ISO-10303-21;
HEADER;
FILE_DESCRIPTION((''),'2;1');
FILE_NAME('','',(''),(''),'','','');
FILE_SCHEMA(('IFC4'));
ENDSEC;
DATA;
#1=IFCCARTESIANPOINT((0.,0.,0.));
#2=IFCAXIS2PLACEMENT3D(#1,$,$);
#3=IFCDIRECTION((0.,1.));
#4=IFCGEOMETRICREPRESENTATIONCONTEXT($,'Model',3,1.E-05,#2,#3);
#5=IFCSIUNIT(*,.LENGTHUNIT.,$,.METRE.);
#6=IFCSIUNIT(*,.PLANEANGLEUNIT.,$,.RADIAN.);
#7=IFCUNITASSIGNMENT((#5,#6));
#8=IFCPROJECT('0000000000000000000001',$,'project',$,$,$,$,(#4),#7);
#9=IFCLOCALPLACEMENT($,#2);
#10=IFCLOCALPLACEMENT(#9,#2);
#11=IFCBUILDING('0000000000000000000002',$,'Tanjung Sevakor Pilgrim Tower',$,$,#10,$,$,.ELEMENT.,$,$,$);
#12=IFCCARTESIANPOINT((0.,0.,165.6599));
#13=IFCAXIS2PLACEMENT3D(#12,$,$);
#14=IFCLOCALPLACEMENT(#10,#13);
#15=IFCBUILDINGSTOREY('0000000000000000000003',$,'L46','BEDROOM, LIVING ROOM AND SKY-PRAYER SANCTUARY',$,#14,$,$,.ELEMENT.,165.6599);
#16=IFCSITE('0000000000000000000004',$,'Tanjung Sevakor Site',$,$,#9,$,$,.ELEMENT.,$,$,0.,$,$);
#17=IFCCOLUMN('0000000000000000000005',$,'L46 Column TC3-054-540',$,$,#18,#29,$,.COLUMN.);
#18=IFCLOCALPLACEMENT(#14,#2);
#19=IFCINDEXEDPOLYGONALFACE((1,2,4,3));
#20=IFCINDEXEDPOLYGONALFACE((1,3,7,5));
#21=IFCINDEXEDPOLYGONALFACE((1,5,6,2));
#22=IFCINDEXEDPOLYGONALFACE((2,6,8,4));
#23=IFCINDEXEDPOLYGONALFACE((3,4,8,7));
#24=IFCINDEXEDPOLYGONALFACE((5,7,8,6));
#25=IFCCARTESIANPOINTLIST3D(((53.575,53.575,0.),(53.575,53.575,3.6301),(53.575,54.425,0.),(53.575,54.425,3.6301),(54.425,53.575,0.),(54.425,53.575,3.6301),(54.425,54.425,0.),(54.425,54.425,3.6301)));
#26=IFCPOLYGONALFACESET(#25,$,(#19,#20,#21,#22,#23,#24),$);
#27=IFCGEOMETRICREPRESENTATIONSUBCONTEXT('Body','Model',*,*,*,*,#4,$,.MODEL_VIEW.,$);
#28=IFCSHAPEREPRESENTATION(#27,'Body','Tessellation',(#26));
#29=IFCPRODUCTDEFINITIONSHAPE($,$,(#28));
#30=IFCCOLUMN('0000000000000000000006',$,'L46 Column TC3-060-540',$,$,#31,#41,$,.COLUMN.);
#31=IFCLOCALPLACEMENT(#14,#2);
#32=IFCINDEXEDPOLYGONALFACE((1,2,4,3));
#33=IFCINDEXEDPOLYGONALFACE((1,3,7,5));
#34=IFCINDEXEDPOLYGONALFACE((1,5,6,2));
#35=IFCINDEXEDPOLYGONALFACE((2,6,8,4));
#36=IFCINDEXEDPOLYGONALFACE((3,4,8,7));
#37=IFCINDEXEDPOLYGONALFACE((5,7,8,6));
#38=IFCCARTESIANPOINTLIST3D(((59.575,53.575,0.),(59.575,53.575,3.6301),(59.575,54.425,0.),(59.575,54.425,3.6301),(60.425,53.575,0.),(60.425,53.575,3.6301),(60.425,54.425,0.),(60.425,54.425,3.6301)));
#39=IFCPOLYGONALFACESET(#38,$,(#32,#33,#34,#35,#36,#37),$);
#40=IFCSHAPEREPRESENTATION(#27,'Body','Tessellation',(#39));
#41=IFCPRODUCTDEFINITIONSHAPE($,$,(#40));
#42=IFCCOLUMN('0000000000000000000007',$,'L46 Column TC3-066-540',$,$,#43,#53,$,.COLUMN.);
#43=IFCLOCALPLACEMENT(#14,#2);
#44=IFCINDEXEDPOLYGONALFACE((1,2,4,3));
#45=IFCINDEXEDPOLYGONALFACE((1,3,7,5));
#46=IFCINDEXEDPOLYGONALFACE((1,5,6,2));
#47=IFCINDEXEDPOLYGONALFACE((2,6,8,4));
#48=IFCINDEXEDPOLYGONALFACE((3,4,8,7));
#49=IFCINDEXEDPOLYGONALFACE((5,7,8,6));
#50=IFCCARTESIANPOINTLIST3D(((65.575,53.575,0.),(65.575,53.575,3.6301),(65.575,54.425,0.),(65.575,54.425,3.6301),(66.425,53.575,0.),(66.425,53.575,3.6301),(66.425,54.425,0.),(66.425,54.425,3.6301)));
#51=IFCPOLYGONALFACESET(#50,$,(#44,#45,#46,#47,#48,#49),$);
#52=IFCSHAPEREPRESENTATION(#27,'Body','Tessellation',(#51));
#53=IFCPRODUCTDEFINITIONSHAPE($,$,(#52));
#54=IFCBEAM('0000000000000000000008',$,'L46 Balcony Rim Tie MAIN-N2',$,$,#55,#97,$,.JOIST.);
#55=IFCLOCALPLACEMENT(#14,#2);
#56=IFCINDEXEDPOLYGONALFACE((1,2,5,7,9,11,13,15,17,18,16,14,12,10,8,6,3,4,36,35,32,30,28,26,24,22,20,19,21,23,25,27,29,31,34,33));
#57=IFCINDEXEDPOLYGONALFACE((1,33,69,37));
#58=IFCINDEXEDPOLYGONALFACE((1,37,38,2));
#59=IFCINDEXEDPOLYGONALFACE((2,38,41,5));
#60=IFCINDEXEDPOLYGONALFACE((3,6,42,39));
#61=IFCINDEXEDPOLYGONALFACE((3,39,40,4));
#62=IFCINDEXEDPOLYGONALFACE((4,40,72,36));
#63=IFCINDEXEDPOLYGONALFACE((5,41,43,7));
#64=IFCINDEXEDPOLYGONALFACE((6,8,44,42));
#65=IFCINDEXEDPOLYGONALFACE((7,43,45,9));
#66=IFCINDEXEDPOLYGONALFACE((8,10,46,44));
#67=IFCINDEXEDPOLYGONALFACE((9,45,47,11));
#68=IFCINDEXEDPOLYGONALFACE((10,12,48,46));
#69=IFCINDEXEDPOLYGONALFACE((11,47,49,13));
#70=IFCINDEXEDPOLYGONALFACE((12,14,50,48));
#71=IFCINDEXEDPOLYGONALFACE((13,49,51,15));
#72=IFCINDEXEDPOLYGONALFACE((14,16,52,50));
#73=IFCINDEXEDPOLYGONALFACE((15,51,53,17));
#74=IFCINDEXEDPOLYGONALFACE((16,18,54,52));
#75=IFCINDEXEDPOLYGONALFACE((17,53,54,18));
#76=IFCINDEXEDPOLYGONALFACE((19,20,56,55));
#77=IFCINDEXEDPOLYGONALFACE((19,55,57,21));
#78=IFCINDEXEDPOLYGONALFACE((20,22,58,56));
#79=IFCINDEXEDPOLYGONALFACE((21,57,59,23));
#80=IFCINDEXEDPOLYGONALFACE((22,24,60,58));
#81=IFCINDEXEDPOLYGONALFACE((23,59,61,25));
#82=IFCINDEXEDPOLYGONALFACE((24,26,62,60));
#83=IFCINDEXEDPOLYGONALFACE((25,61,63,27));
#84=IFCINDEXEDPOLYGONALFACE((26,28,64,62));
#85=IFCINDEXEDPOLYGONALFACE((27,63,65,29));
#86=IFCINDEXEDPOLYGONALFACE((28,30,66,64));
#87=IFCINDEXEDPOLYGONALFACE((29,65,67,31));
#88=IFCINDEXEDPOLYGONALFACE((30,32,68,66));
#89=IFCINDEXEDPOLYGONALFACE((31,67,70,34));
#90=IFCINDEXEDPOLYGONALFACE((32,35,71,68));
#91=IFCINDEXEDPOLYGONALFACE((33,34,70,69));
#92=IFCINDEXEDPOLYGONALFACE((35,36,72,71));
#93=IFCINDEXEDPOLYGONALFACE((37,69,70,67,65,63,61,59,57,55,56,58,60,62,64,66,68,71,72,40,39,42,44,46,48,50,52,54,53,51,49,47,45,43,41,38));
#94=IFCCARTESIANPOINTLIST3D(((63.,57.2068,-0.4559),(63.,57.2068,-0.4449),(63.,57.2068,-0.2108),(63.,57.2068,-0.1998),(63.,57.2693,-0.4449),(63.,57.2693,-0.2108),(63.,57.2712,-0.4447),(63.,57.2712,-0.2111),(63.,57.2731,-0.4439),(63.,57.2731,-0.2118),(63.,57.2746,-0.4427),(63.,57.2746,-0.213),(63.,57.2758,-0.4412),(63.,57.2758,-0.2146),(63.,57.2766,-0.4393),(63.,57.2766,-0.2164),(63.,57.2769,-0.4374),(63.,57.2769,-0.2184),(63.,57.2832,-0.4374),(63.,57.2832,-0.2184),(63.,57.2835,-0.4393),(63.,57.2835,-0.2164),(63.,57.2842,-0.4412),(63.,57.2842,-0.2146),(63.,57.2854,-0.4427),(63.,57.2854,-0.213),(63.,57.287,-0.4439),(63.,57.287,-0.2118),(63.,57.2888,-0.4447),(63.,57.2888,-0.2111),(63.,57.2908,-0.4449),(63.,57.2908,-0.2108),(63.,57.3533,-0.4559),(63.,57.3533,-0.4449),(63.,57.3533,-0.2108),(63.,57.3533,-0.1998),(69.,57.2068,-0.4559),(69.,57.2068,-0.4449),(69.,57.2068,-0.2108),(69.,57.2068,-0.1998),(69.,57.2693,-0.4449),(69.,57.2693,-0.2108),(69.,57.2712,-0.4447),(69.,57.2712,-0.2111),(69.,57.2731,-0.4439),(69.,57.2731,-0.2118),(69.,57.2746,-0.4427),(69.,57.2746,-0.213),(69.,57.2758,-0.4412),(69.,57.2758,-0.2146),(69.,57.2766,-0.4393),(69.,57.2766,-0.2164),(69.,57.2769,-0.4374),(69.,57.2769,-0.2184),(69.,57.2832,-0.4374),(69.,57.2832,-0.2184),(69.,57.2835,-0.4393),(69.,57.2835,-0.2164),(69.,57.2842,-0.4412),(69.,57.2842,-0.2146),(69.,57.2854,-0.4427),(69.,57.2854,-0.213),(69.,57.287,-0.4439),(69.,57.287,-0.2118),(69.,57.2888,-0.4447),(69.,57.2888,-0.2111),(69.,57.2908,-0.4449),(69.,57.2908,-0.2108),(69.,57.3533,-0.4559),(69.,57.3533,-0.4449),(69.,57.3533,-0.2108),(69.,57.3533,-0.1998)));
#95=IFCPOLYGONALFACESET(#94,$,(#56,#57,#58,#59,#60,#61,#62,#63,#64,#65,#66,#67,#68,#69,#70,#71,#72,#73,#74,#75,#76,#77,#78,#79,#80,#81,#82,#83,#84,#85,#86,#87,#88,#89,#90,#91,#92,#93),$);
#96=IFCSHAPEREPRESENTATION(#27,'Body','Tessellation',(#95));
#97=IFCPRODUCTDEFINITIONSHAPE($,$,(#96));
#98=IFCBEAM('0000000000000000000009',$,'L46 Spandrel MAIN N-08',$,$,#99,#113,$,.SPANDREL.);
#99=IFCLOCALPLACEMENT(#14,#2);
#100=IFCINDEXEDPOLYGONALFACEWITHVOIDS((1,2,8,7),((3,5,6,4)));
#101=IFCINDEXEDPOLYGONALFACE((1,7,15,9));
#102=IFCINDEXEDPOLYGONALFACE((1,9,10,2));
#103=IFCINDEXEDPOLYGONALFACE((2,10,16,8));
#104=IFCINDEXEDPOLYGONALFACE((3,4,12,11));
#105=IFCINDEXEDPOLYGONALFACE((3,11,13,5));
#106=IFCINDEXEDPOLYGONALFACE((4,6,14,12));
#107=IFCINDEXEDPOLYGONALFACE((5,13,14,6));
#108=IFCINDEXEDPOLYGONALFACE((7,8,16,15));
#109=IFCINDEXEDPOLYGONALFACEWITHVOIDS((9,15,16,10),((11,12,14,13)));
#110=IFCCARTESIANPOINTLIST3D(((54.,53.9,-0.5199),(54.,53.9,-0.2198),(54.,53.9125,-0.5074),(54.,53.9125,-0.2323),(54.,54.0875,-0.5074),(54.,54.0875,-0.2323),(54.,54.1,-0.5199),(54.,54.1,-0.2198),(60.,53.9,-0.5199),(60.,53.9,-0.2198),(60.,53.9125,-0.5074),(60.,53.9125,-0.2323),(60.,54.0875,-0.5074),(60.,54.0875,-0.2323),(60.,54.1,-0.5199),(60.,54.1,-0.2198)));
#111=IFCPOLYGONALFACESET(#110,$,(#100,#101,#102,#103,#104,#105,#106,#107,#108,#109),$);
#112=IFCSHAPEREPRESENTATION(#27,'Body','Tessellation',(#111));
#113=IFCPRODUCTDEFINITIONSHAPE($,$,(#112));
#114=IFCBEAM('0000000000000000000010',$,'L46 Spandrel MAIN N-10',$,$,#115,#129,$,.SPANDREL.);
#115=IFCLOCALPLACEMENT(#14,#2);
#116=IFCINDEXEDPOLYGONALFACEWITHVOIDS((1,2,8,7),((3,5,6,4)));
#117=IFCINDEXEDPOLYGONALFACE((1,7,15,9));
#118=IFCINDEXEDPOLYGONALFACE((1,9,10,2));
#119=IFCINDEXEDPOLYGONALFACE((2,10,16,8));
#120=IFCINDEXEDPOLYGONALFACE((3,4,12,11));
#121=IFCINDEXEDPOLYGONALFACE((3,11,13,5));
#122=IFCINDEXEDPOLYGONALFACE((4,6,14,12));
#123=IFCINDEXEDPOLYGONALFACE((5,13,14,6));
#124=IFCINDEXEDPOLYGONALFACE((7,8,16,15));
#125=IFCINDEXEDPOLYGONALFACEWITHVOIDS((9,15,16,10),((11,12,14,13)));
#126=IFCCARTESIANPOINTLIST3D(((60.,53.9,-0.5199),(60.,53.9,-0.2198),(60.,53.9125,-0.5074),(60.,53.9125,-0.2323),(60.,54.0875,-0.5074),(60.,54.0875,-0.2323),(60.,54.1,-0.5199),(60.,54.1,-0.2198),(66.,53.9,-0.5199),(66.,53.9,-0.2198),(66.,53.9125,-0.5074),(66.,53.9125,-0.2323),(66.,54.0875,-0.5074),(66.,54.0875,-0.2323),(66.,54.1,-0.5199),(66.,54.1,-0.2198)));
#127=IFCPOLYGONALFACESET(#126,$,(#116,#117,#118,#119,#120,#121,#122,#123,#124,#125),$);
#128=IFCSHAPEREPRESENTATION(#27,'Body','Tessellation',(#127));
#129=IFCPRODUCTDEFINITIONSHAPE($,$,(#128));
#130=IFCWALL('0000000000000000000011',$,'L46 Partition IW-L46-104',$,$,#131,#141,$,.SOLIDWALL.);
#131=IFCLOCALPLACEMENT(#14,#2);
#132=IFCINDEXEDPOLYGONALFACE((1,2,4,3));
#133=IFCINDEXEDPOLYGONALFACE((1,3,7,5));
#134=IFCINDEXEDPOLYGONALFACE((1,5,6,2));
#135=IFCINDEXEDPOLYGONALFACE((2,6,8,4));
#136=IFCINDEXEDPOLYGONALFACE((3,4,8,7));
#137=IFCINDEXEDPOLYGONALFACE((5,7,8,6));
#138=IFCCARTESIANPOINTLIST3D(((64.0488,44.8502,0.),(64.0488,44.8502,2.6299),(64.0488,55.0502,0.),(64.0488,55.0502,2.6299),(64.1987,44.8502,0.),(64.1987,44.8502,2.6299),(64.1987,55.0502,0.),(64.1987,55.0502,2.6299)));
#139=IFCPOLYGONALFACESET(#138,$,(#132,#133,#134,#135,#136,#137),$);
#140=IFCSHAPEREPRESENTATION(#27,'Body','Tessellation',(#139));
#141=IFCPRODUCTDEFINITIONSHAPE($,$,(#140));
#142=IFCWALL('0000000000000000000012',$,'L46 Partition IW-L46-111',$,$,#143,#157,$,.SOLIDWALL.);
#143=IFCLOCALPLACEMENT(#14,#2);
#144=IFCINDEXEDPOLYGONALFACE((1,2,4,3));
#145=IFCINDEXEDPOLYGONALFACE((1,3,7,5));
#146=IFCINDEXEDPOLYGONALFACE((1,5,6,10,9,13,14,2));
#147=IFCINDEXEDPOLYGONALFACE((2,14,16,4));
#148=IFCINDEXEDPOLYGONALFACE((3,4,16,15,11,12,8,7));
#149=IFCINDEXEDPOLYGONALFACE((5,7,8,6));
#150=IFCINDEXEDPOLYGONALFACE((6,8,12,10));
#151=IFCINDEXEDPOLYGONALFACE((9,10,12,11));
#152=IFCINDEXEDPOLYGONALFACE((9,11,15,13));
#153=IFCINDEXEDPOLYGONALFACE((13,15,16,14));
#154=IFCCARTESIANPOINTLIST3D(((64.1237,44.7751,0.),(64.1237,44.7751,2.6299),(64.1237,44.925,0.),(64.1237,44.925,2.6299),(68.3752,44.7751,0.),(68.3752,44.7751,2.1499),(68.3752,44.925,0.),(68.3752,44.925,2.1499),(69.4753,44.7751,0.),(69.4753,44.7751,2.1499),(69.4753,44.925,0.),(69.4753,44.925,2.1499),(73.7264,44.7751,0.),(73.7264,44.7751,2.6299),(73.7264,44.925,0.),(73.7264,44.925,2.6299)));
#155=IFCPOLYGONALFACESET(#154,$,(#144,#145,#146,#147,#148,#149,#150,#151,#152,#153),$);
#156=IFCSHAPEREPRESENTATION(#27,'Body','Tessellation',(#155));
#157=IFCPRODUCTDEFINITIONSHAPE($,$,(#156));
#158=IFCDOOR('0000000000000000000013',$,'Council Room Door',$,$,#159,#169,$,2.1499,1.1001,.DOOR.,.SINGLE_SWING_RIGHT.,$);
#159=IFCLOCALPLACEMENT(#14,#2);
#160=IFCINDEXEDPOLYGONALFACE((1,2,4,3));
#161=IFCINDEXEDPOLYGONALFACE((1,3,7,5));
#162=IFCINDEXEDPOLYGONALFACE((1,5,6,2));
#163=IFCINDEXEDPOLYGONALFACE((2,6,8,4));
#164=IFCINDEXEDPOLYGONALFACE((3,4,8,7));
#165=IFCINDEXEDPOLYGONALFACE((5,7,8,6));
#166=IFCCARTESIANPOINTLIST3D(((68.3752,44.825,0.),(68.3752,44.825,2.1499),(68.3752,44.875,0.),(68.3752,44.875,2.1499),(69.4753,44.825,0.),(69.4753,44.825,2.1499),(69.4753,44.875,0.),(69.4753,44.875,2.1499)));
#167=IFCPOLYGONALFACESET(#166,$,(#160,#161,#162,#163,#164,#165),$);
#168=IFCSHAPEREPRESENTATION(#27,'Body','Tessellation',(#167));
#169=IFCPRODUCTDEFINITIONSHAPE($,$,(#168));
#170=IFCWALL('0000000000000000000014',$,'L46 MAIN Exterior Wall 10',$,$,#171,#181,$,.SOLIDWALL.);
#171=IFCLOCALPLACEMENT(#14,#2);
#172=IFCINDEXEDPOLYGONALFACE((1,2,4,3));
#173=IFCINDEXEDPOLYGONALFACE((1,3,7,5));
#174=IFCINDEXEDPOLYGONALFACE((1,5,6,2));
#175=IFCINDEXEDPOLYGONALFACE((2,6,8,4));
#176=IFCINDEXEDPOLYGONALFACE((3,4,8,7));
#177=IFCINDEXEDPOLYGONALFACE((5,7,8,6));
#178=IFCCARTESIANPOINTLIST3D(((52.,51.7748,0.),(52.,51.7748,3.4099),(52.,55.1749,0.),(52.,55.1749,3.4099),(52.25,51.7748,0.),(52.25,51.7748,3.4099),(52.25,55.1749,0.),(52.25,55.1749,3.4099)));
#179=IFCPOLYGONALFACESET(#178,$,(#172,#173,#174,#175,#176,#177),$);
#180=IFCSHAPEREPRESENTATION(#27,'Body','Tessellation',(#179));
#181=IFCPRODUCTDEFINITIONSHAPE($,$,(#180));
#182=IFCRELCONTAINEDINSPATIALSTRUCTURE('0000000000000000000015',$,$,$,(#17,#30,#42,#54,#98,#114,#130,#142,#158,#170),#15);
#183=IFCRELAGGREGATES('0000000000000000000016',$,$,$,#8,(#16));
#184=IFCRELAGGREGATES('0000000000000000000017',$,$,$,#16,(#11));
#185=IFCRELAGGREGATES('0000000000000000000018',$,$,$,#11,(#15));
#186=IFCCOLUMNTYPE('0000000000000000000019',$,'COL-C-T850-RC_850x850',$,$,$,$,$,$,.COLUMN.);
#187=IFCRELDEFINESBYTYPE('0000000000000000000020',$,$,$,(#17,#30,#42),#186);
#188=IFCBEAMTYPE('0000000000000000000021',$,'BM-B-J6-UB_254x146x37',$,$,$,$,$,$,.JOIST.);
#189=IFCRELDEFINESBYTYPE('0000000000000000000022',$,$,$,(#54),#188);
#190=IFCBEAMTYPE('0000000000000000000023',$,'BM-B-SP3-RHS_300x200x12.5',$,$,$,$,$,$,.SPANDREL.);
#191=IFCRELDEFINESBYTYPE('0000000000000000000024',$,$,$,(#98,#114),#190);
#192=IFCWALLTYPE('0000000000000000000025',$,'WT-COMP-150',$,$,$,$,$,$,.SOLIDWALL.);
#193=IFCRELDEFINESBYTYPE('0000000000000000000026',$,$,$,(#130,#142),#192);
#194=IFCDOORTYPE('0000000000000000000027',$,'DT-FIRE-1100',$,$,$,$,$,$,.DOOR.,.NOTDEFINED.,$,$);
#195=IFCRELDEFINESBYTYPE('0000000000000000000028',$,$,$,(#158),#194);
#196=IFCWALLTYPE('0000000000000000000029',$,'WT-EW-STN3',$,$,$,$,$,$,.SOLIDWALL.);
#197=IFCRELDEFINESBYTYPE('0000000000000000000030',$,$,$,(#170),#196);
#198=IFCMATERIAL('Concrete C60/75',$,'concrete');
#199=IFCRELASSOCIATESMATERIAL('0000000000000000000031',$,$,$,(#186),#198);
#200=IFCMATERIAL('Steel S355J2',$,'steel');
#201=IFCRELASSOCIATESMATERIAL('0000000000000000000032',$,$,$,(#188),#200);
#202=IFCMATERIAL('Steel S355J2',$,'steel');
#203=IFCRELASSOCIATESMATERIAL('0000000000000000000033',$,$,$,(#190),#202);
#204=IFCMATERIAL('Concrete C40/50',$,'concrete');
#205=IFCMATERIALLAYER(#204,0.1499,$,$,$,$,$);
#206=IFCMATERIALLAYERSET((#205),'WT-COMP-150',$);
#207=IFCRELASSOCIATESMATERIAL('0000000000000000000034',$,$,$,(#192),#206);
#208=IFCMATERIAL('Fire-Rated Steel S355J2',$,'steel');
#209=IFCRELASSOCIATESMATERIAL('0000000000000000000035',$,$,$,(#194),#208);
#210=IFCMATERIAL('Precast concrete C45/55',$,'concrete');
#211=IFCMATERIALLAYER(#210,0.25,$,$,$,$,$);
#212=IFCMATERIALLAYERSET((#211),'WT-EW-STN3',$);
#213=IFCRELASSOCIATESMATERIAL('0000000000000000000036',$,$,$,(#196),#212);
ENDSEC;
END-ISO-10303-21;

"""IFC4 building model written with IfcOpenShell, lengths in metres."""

from ifc_helpers import new_model, si_unit, direction, frame, frame_2d, origin, origin_2d, place, context, subcontext, project, spatial, rectangle, hollow_rectangle, i_section, extrude, material, layer, layer_set, material_profile, profile_set, type_object, element, fill, save


model = new_model("IFC4")

# Units and contexts
model_context = context("Model", 3, precision=1e-05, world=origin(), true_north=direction((0.0, 1.0)))
body_context = subcontext(model_context, "Body", "Model", "MODEL_VIEW")
ifc_project = project(units=[si_unit("LENGTHUNIT", "METRE"), si_unit("PLANEANGLEUNIT", "RADIAN")], contexts=[model_context])

# Site, building, storey
site_placement = place(None, origin())
site = spatial("IfcSite", under=ifc_project, at=site_placement, Name="Tanjung Sevakor Site", CompositionType="ELEMENT", RefElevation=0.0)
building_placement = place(site_placement, origin())
building = spatial("IfcBuilding", under=site, at=building_placement, Name="Tanjung Sevakor Pilgrim Tower", CompositionType="ELEMENT")
storey_placement = place(building_placement, frame((0.0, 0.0, 165.6599)))
storey = spatial("IfcBuildingStorey", under=building, at=storey_placement, Name="L46", Description="BEDROOM, LIVING ROOM AND SKY-PRAYER SANCTUARY", CompositionType="ELEMENT", Elevation=165.6599)

# Columns
ifc_material_1 = material(Name="Concrete C60/75", Category="concrete")
ifc_material_profile_1 = material_profile(ifc_material_1, rectangle(XDim=0.8501, YDim=0.8501, at=origin_2d()))
ifc_profile_set_1 = profile_set([ifc_material_profile_1], Name="Concrete C60/75")
column_type = type_object("IfcColumnType", Name="COL-C-T850-RC_850x850", PredefinedType="COLUMN", material=ifc_profile_set_1)
for number, where, z_axis, x_axis, name in (
    (1, (54.0, 54.0, 0.0), (0.0, 0.0, 1.0), (1.0, 0.0, 0.0), "L46 Column TC3-054-540"),
    (2, (60.0, 54.0, 0.0), (0.0, 0.0, 1.0), (1.0, 0.0, 0.0), "L46 Column TC3-060-540"),
    (3, (66.0, 54.0, 0.0), (0.0, 0.0, 1.0), (1.0, 0.0, 0.0), "L46 Column TC3-066-540"),
):
    element("IfcColumn", number, at=place(storey_placement, frame(where, z_axis=z_axis, x_axis=x_axis)), inside=storey, type_object=column_type, Name=name, PredefinedType="COLUMN", context=body_context, shape_type="SweptSolid", body=[
        extrude(rectangle(XDim=0.8501, YDim=0.8501, at=origin_2d()), origin(), (0.0, 0.0, 1.0), 3.6301),
    ])

# Beams
ifc_material_2 = material(Name="Steel S355J2", Category="steel")
ifc_material_profile_2 = material_profile(ifc_material_2, i_section(OverallWidth=0.1465, OverallDepth=0.2561, WebThickness=0.0063, FlangeThickness=0.011, FilletRadius=0.0076, at=origin_2d()))
ifc_profile_set_2 = profile_set([ifc_material_profile_2], Name="Steel S355J2")
beam_type_1 = type_object("IfcBeamType", Name="BM-B-J6-UB_254x146x37", PredefinedType="JOIST", material=ifc_profile_set_2)
beam_placement = place(storey_placement, frame((63.0, 57.28, -0.3279), z_axis=(1.0, 0.0, 0.0), x_axis=(0.0, 1.0, 0.0)))
element("IfcBeam", 4, at=beam_placement, inside=storey, type_object=beam_type_1, Name="L46 Balcony Rim Tie MAIN-N2", PredefinedType="JOIST", context=body_context, shape_type="SweptSolid", body=[
    extrude(i_section(OverallWidth=0.1465, OverallDepth=0.2561, WebThickness=0.0063, FlangeThickness=0.011, FilletRadius=0.0076, at=origin_2d()), origin(), (0.0, 0.0, 1.0), 6.0),
])
ifc_material_3 = material(Name="Steel S355J2", Category="steel")
ifc_material_profile_3 = material_profile(ifc_material_3, hollow_rectangle(XDim=0.2, YDim=0.3, WallThickness=0.0125, at=origin_2d()))
ifc_profile_set_3 = profile_set([ifc_material_profile_3], Name="Steel S355J2")
beam_type_2 = type_object("IfcBeamType", Name="BM-B-SP3-RHS_300x200x12.5", PredefinedType="SPANDREL", material=ifc_profile_set_3)
for number, where, z_axis, x_axis, name in (
    (5, (54.0, 54.0, -0.3699), (1.0, 0.0, 0.0), (0.0, 1.0, 0.0), "L46 Spandrel MAIN N-08"),
    (6, (60.0, 54.0, -0.3699), (1.0, 0.0, 0.0), (0.0, 1.0, 0.0), "L46 Spandrel MAIN N-10"),
):
    element("IfcBeam", number, at=place(storey_placement, frame(where, z_axis=z_axis, x_axis=x_axis)), inside=storey, type_object=beam_type_2, Name=name, PredefinedType="SPANDREL", context=body_context, shape_type="SweptSolid", body=[
        extrude(hollow_rectangle(XDim=0.2, YDim=0.3, WallThickness=0.0125, at=origin_2d()), origin(), (0.0, 0.0, 1.0), 6.0),
    ])

# Wall
ifc_material_4 = material(Name="Concrete C40/50", Category="concrete")
ifc_layer_1 = layer(ifc_material_4, 0.1499)
ifc_layer_set_1 = layer_set([ifc_layer_1], Name="WT-COMP-150")
wall_type_1 = type_object("IfcWallType", Name="WT-COMP-150", PredefinedType="SOLIDWALL", material=ifc_layer_set_1)
wall_1_placement = place(storey_placement, frame((64.1238, 44.8501, 0.0), z_axis=(0.0, 0.0, 1.0), x_axis=(0.0, 1.0, 0.0)))
element("IfcWall", 7, at=wall_1_placement, inside=storey, type_object=wall_type_1, Name="L46 Partition IW-L46-104", PredefinedType="SOLIDWALL", context=body_context, shape_type="SweptSolid", body=[
    extrude(rectangle(XDim=10.2, YDim=0.1499, at=frame_2d((5.1001, 0.0))), origin(), (0.0, 0.0, 1.0), 2.6299),
])

# Wall, opening, door
wall_2_placement = place(storey_placement, frame((64.1238, 44.8501, 0.0), z_axis=(0.0, 0.0, 1.0), x_axis=(1.0, 0.0, 0.0)))
wall_2 = element("IfcWall", 8, at=wall_2_placement, inside=storey, type_object=wall_type_1, Name="L46 Partition IW-L46-111", PredefinedType="SOLIDWALL", context=body_context, shape_type="SweptSolid", body=[
    extrude(rectangle(XDim=9.6028, YDim=0.1499, at=frame_2d((4.8013, 0.0))), origin(), (0.0, 0.0, 1.0), 2.6299),
])
opening_1_placement = place(wall_2_placement, frame((4.2515, 0.0, 0.0)))
opening_1 = element("IfcOpeningElement", 9, at=opening_1_placement, cuts=wall_2, PredefinedType="OPENING", context=body_context, shape_type="SweptSolid", body=[
    extrude(rectangle(XDim=1.1001, YDim=2.1499, at=frame_2d((0.55, 1.075))), frame((0.0, 0.085, 0.0), z_axis=(0.0, -1.0, 0.0), x_axis=(1.0, 0.0, 0.0)), (0.0, 0.0, 1.0), 0.1699),
])
ifc_material_5 = material(Name="Fire-Rated Steel S355J2", Category="steel")
door_type_1 = type_object("IfcDoorType", Name="DT-FIRE-1100", OperationType="NOTDEFINED", PredefinedType="DOOR", material=ifc_material_5)
door_1_placement = place(opening_1_placement, origin())
door_1 = element("IfcDoor", 10, at=door_1_placement, inside=storey, type_object=door_type_1, Name="Council Room Door", OperationType="SINGLE_SWING_RIGHT", OverallHeight=2.1499, OverallWidth=1.1001, PredefinedType="DOOR", context=body_context, shape_type="SweptSolid", body=[
    extrude(rectangle(XDim=1.1001, YDim=2.1499, at=frame_2d((0.55, 1.075))), frame((0.0, 0.0249, 0.0), z_axis=(0.0, -1.0, 0.0), x_axis=(1.0, 0.0, 0.0)), (0.0, 0.0, 1.0), 0.05),
])
fill(opening_1, door_1)

# Wall
ifc_material_6 = material(Name="Precast concrete C45/55", Category="concrete")
ifc_layer_2 = layer(ifc_material_6, 0.25)
ifc_layer_set_2 = layer_set([ifc_layer_2], Name="WT-EW-STN3")
wall_type_2 = type_object("IfcWallType", Name="WT-EW-STN3", PredefinedType="SOLIDWALL", material=ifc_layer_set_2)
wall_3_placement = place(storey_placement, frame((52.125, 55.175, 0.0), z_axis=(0.0, 0.0, 1.0), x_axis=(0.0, -1.0, 0.0)))
element("IfcWall", 11, at=wall_3_placement, inside=storey, type_object=wall_type_2, Name="L46 MAIN Exterior Wall 10", PredefinedType="SOLIDWALL", context=body_context, shape_type="SweptSolid", body=[
    extrude(rectangle(XDim=3.4001, YDim=0.25, at=frame_2d((1.7002, 0.0))), origin(), (0.0, 0.0, 1.0), 3.4099),
])

save(model, "model.ifc")
